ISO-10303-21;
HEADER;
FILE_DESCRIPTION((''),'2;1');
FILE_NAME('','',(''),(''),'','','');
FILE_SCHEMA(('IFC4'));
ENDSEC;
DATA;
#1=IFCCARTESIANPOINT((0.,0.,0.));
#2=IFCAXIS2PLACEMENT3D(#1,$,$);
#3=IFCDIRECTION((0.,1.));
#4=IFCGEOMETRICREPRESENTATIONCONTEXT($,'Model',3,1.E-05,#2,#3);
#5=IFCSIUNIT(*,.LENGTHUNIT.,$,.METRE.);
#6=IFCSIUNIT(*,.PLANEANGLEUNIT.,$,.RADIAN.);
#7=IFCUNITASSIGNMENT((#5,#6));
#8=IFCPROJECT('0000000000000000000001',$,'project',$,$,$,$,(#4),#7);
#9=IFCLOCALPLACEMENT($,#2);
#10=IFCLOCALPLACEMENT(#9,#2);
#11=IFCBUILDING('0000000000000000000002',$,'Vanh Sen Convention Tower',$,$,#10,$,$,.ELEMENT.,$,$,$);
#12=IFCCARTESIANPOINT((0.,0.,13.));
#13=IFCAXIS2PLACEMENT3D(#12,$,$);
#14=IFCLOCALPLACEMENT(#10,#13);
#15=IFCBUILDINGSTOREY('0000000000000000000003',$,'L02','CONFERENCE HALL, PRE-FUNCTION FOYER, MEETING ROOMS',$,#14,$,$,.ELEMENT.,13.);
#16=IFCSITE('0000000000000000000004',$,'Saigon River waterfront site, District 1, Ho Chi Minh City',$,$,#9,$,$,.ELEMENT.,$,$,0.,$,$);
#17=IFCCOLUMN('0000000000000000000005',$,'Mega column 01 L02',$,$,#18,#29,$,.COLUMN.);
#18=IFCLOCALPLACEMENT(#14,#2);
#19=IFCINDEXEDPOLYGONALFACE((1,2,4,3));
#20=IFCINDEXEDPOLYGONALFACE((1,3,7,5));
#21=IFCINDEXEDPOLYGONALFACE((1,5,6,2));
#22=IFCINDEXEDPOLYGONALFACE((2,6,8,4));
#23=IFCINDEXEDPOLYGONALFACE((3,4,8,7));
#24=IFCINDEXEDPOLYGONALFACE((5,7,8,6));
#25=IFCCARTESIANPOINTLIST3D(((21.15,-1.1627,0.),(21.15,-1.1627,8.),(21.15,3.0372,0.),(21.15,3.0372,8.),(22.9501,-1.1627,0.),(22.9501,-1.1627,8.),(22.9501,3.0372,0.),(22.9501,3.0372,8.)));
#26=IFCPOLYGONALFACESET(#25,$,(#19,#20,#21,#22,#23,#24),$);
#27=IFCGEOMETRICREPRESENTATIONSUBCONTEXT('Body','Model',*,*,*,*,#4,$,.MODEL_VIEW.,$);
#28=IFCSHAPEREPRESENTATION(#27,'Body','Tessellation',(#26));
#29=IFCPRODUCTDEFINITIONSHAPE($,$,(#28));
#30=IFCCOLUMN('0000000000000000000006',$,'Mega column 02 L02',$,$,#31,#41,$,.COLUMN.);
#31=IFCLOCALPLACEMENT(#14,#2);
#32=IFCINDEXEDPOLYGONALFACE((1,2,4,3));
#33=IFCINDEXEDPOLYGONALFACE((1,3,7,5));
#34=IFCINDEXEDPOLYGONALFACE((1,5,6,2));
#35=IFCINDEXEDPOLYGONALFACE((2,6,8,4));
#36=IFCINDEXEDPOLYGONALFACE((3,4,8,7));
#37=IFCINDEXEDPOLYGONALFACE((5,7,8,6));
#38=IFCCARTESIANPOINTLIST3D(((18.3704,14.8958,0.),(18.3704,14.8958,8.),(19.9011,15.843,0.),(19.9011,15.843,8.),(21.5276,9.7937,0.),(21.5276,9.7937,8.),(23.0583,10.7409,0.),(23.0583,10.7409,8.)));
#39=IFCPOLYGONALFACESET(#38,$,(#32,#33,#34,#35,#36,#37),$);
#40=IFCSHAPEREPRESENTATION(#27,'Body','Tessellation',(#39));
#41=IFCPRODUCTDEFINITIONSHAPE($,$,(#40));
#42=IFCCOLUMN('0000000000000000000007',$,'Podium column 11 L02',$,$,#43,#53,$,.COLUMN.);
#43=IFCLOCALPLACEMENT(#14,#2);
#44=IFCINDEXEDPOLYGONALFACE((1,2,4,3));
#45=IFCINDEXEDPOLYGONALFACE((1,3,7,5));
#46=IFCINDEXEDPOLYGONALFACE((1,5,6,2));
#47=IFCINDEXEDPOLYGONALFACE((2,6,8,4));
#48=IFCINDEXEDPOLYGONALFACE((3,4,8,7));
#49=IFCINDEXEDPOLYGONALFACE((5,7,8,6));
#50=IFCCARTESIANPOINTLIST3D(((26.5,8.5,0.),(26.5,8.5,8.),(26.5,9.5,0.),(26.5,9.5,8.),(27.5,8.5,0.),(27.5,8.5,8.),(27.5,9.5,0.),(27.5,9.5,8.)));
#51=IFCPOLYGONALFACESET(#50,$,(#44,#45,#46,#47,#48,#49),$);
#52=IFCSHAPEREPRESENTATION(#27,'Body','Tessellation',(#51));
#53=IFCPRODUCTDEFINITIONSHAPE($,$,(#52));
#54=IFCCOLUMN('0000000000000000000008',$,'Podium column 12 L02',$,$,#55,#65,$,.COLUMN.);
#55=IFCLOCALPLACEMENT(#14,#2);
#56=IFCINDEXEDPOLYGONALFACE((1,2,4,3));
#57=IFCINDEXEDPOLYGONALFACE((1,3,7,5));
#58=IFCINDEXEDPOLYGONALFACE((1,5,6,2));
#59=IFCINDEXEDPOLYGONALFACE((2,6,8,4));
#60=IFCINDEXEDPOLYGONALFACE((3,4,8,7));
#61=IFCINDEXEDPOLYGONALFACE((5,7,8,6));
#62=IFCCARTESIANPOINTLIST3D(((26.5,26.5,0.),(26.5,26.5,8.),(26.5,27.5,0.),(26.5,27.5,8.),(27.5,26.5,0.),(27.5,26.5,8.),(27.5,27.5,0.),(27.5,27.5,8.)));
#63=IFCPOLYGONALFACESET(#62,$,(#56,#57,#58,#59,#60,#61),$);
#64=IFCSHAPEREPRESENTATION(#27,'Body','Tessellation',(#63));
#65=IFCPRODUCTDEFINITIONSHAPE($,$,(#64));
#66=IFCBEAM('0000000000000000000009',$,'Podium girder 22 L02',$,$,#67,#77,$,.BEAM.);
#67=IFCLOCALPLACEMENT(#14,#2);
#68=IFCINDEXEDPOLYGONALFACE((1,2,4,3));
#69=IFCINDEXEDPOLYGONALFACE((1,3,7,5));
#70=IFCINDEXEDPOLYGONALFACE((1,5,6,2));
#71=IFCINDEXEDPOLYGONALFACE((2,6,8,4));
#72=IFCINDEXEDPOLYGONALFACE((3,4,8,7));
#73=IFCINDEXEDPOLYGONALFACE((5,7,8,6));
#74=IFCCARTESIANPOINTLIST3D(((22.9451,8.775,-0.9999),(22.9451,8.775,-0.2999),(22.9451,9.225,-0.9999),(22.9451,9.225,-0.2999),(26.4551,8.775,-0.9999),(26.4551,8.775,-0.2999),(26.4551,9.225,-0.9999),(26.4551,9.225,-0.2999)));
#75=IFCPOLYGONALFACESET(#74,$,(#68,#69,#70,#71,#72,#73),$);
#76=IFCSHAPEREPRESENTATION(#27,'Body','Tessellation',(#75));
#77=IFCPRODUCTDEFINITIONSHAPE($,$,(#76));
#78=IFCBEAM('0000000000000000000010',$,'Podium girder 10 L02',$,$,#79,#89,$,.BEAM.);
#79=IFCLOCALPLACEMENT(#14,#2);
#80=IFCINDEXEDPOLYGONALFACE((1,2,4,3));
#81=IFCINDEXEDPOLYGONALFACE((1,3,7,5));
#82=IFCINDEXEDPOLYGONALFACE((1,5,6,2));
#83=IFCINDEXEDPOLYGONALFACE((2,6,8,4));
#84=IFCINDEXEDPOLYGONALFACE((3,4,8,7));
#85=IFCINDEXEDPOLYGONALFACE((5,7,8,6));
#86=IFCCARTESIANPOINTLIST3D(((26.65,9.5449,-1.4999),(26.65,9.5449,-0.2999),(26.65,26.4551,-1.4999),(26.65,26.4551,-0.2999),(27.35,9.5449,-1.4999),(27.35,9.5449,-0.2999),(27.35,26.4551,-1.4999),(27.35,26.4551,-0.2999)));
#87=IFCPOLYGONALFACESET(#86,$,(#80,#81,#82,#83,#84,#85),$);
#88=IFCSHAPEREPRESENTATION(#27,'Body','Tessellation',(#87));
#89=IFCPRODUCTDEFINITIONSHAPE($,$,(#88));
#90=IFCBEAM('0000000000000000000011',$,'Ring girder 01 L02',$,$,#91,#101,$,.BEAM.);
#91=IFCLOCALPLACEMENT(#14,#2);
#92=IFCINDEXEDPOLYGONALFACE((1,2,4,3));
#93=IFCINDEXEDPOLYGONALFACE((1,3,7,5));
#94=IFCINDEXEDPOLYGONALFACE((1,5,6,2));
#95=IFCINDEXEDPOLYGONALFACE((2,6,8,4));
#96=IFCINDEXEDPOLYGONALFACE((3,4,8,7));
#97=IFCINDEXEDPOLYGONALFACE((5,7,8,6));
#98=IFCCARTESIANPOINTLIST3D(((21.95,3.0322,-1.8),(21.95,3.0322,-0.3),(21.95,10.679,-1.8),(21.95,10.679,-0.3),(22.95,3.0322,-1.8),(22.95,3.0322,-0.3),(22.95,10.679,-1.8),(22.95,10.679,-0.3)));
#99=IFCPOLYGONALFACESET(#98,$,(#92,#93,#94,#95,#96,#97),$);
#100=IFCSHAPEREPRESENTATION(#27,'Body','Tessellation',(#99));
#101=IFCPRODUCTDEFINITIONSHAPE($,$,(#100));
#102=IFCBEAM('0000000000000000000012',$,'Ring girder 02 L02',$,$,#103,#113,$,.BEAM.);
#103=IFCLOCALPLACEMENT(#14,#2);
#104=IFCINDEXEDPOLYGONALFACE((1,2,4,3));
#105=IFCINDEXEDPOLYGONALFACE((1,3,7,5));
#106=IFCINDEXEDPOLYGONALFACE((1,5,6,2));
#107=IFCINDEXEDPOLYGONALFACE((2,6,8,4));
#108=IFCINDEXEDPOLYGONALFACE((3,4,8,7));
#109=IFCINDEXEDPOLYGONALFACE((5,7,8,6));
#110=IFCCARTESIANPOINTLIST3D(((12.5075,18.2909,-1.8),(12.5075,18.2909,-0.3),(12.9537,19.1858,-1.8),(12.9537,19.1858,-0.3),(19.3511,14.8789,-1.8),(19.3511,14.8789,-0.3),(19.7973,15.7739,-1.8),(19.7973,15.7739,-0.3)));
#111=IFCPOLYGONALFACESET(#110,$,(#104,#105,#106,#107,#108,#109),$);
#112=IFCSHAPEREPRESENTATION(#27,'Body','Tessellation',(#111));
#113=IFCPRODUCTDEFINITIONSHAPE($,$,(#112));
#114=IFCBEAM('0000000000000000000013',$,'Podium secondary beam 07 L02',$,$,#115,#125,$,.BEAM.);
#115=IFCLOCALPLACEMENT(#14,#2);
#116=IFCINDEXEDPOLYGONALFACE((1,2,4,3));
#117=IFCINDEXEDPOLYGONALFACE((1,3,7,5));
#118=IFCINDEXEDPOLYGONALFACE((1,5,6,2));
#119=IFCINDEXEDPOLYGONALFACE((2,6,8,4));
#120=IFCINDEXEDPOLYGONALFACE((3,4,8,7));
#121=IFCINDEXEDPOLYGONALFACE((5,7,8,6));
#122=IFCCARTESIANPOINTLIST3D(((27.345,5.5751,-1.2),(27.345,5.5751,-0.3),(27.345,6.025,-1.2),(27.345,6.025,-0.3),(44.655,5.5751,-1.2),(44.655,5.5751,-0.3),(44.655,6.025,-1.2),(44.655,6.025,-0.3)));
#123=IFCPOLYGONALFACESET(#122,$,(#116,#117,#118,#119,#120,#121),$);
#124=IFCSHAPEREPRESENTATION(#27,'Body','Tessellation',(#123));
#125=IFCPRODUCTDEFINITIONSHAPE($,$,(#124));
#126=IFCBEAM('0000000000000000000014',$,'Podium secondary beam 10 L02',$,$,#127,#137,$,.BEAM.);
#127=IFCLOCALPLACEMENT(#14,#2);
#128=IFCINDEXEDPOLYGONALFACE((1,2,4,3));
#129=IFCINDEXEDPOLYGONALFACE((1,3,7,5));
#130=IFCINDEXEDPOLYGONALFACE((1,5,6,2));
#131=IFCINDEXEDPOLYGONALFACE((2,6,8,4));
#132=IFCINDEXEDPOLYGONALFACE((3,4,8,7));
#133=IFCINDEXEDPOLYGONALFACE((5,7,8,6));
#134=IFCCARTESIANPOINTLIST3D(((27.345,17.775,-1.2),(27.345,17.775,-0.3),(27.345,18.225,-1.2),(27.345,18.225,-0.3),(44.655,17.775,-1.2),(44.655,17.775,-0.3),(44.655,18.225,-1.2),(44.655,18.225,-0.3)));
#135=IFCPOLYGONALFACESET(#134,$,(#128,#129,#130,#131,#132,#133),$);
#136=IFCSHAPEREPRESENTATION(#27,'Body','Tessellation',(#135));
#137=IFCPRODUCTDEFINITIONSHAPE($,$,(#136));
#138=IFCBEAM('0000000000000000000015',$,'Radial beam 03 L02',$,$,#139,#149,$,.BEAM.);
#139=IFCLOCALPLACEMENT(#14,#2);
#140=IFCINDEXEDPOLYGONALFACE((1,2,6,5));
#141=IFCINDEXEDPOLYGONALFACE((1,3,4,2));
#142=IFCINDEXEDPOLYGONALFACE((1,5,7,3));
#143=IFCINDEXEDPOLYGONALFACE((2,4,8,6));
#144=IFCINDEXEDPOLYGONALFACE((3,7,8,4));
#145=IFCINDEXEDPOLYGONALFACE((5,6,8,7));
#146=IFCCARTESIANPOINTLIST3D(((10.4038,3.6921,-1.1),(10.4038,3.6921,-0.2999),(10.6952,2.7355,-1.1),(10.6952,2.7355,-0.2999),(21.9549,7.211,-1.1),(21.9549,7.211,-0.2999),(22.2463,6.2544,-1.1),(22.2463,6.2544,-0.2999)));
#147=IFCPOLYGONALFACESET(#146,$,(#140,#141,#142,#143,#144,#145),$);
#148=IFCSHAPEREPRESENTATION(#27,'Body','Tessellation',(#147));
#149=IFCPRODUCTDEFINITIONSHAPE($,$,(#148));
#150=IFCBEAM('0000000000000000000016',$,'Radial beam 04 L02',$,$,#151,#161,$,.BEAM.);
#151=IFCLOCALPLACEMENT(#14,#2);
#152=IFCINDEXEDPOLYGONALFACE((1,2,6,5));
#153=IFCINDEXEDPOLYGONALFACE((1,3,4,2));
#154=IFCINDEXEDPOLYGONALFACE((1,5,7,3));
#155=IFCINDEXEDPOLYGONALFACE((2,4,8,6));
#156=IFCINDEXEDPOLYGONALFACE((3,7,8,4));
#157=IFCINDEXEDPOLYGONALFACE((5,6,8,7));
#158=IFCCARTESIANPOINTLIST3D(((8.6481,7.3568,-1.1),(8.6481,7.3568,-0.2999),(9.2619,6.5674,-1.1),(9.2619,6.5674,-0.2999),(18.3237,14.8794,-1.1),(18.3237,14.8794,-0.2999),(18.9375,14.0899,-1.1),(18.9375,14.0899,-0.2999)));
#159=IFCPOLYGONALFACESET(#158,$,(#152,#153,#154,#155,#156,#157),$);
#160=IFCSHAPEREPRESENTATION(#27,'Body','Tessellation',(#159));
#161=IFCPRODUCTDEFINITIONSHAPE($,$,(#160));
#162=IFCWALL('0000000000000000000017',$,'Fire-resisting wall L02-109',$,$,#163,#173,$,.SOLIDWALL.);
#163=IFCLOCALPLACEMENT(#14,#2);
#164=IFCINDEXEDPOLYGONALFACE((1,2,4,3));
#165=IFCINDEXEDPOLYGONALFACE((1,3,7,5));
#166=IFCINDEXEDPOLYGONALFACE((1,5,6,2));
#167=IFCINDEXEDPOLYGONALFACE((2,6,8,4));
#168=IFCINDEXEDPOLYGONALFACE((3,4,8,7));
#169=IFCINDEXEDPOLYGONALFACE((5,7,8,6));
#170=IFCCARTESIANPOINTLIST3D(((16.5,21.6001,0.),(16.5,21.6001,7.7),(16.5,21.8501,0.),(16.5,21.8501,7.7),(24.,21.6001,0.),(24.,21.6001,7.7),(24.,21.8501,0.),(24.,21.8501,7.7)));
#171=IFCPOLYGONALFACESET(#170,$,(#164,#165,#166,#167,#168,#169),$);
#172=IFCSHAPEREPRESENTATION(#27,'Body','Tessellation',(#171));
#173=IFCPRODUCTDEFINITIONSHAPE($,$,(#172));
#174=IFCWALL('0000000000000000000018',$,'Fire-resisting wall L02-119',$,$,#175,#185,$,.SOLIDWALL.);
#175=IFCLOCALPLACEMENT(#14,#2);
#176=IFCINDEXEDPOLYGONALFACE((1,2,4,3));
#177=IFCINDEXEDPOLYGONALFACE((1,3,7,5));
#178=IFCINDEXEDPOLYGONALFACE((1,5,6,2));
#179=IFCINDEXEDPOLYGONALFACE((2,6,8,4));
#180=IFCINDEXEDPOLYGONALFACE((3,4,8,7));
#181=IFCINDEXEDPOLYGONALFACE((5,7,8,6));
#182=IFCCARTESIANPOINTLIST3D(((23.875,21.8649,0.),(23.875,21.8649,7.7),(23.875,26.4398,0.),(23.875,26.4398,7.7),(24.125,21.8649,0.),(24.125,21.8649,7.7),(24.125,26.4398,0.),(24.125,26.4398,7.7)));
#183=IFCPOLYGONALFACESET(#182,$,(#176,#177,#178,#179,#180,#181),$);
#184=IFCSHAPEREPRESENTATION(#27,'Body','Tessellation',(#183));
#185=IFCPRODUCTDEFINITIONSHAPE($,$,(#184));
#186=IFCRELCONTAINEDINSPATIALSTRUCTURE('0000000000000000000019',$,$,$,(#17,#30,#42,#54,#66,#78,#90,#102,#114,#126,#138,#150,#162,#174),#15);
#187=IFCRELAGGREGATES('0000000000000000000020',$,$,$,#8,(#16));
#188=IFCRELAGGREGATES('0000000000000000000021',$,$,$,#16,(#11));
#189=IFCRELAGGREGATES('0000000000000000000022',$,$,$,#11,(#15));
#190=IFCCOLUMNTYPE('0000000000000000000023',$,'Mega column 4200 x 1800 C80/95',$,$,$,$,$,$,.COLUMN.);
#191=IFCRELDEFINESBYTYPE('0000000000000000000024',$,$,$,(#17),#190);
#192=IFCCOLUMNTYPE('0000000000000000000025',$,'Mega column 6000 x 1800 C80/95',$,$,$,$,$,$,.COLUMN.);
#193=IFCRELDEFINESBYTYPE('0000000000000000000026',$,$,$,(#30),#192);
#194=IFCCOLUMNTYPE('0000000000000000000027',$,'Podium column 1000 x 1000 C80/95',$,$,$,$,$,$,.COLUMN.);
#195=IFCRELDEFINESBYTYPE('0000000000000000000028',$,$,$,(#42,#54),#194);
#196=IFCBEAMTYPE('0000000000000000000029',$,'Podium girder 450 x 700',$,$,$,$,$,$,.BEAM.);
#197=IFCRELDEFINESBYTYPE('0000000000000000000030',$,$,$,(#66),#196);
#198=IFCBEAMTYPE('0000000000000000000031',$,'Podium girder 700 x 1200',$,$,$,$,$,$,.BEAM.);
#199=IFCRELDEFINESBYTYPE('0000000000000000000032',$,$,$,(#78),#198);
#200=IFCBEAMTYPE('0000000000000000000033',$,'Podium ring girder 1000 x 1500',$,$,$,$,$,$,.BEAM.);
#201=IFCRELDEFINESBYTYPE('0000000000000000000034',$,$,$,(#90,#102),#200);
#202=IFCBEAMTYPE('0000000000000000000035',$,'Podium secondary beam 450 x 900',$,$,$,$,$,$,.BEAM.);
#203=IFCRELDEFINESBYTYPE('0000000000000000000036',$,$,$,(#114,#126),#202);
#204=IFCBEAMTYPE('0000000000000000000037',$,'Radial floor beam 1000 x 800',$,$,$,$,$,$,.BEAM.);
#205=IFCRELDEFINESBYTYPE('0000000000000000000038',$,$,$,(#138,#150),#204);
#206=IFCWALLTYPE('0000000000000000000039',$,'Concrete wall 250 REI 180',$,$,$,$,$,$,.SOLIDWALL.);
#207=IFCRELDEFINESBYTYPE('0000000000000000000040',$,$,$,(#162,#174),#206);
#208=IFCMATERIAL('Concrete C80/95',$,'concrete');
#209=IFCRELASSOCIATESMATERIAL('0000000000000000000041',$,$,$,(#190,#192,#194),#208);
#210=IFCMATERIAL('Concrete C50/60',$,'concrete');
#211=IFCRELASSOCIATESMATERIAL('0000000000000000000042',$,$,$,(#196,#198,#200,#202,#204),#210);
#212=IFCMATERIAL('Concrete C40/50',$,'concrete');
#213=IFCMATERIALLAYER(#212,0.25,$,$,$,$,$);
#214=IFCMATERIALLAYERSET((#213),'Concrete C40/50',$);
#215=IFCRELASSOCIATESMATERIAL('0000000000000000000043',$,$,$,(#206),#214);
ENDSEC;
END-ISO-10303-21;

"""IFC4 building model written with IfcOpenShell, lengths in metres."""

from ifc_helpers import new_model, si_unit, direction, frame, frame_2d, origin, origin_2d, place, context, subcontext, project, spatial, rectangle, extrude, material, layer, layer_set, material_profile, profile_set, type_object, element, save


model = new_model("IFC4")

# Units and contexts
model_context = context("Model", 3, precision=1e-05, world=origin(), true_north=direction((0.0, 1.0)))
body_context = subcontext(model_context, "Body", "Model", "MODEL_VIEW")
ifc_project = project(units=[si_unit("LENGTHUNIT", "METRE"), si_unit("PLANEANGLEUNIT", "RADIAN")], contexts=[model_context])

# Site, building, storey
site_placement = place(None, origin())
site = spatial("IfcSite", under=ifc_project, at=site_placement, Name="Saigon River waterfront site, District 1, Ho Chi Minh City", CompositionType="ELEMENT", RefElevation=0.0)
building_placement = place(site_placement, origin())
building = spatial("IfcBuilding", under=site, at=building_placement, Name="Vanh Sen Convention Tower", CompositionType="ELEMENT")
storey_placement = place(building_placement, frame((0.0, 0.0, 13.0)))
storey = spatial("IfcBuildingStorey", under=building, at=storey_placement, Name="L02", Description="CONFERENCE HALL, PRE-FUNCTION FOYER, MEETING ROOMS", CompositionType="ELEMENT", Elevation=13.0)

# Columns
ifc_material_1 = material(Name="Concrete C80/95", Category="concrete")
ifc_material_profile_1 = material_profile(ifc_material_1, rectangle(XDim=4.2, YDim=1.8, at=origin_2d()), Name="RC 4200X1800")
ifc_profile_set_1 = profile_set([ifc_material_profile_1], Name="Concrete C80/95")
column_type_1 = type_object("IfcColumnType", Name="Mega column 4200 x 1800 C80/95", PredefinedType="COLUMN", material=ifc_profile_set_1)
column_1_placement = place(storey_placement, frame((22.05, 0.9373, 0.0), z_axis=(0.0, 0.0, 1.0), x_axis=(0.0, 1.0, 0.0)))
element("IfcColumn", 1, at=column_1_placement, inside=storey, type_object=column_type_1, Name="Mega column 01 L02", PredefinedType="COLUMN", context=body_context, shape_type="SweptSolid", body=[
    extrude(rectangle(XDim=4.2, YDim=1.8, at=origin_2d()), origin(), (0.0, 0.0, 1.0), 8.0),
])
ifc_material_profile_2 = material_profile(ifc_material_1, rectangle(XDim=6.0, YDim=1.8, at=origin_2d()), Name="RC 6000X1800")
ifc_profile_set_2 = profile_set([ifc_material_profile_2], Name="Concrete C80/95")
column_type_2 = type_object("IfcColumnType", Name="Mega column 6000 x 1800 C80/95", PredefinedType="COLUMN", material=ifc_profile_set_2)
column_2_placement = place(storey_placement, frame((20.7144, 12.8184, 0.0), z_axis=(0.0, 0.0, 1.0), x_axis=(-0.526211, 0.850354, 0.0)))
element("IfcColumn", 2, at=column_2_placement, inside=storey, type_object=column_type_2, Name="Mega column 02 L02", PredefinedType="COLUMN", context=body_context, shape_type="SweptSolid", body=[
    extrude(rectangle(XDim=6.0, YDim=1.8, at=origin_2d()), origin(), (0.0, 0.0, 1.0), 8.0),
])
ifc_material_profile_3 = material_profile(ifc_material_1, rectangle(XDim=1.0, YDim=1.0, at=origin_2d()), Name="RC 1000X1000")
ifc_profile_set_3 = profile_set([ifc_material_profile_3], Name="Concrete C80/95")
column_type_3 = type_object("IfcColumnType", Name="Podium column 1000 x 1000 C80/95", PredefinedType="COLUMN", material=ifc_profile_set_3)
for number, where, z_axis, x_axis, name in (
    (3, (27.0, 9.0, 0.0), (0.0, 0.0, 1.0), (1.0, 0.0, 0.0), "Podium column 11 L02"),
    (4, (27.0, 27.0, 0.0), (0.0, 0.0, 1.0), (1.0, 0.0, 0.0), "Podium column 12 L02"),
):
    element("IfcColumn", number, at=place(storey_placement, frame(where, z_axis=z_axis, x_axis=x_axis)), inside=storey, type_object=column_type_3, Name=name, PredefinedType="COLUMN", context=body_context, shape_type="SweptSolid", body=[
        extrude(rectangle(XDim=1.0, YDim=1.0, at=origin_2d()), origin(), (0.0, 0.0, 1.0), 8.0),
    ])

# Beams
ifc_material_2 = material(Name="Concrete C50/60", Category="concrete")
ifc_material_profile_4 = material_profile(ifc_material_2, rectangle(XDim=0.45, YDim=0.7, at=origin_2d()), Name="RC 450X700")
ifc_profile_set_4 = profile_set([ifc_material_profile_4], Name="Concrete C50/60")
beam_type_1 = type_object("IfcBeamType", Name="Podium girder 450 x 700", PredefinedType="BEAM", material=ifc_profile_set_4)
beam_1_placement = place(storey_placement, frame((22.9451, 9.0, -0.6499), z_axis=(1.0, 0.0, 0.0), x_axis=(0.0, 1.0, 0.0)))
element("IfcBeam", 5, at=beam_1_placement, inside=storey, type_object=beam_type_1, Name="Podium girder 22 L02", PredefinedType="BEAM", context=body_context, shape_type="SweptSolid", body=[
    extrude(rectangle(XDim=0.45, YDim=0.7, at=origin_2d()), origin(), (0.0, 0.0, 1.0), 3.51),
])
ifc_material_profile_5 = material_profile(ifc_material_2, rectangle(XDim=0.7, YDim=1.2, at=origin_2d()), Name="RC 700X1200")
ifc_profile_set_5 = profile_set([ifc_material_profile_5], Name="Concrete C50/60")
beam_type_2 = type_object("IfcBeamType", Name="Podium girder 700 x 1200", PredefinedType="BEAM", material=ifc_profile_set_5)
beam_2_placement = place(storey_placement, frame((27.0, 9.5449, -0.8999), z_axis=(0.0, 1.0, 0.0), x_axis=(-1.0, 0.0, 0.0)))
element("IfcBeam", 6, at=beam_2_placement, inside=storey, type_object=beam_type_2, Name="Podium girder 10 L02", PredefinedType="BEAM", context=body_context, shape_type="SweptSolid", body=[
    extrude(rectangle(XDim=0.7, YDim=1.2, at=origin_2d()), origin(), (0.0, 0.0, 1.0), 16.9102),
])
ifc_material_profile_6 = material_profile(ifc_material_2, rectangle(XDim=1.0, YDim=1.5, at=origin_2d()), Name="RC 1000X1500")
ifc_profile_set_6 = profile_set([ifc_material_profile_6], Name="Concrete C50/60")
beam_type_3 = type_object("IfcBeamType", Name="Podium ring girder 1000 x 1500", PredefinedType="BEAM", material=ifc_profile_set_6)
beam_3_placement = place(storey_placement, frame((22.45, 3.0322, -1.05), z_axis=(0.0, 1.0, 0.0), x_axis=(-1.0, 0.0, 0.0)))
element("IfcBeam", 7, at=beam_3_placement, inside=storey, type_object=beam_type_3, Name="Ring girder 01 L02", PredefinedType="BEAM", context=body_context, shape_type="SweptSolid", body=[
    extrude(rectangle(XDim=1.0, YDim=1.5, at=origin_2d()), origin(), (0.0, 0.0, 1.0), 7.6467),
])
beam_4_placement = place(storey_placement, frame((19.5742, 15.3264, -1.05), z_axis=(-0.894944, 0.446179, 0.0), x_axis=(-0.446179, -0.894944, 0.0)))
element("IfcBeam", 8, at=beam_4_placement, inside=storey, type_object=beam_type_3, Name="Ring girder 02 L02", PredefinedType="BEAM", context=body_context, shape_type="SweptSolid", body=[
    extrude(rectangle(XDim=1.0, YDim=1.5, at=origin_2d()), origin(), (0.0, 0.0, 1.0), 7.647),
])
ifc_material_profile_7 = material_profile(ifc_material_2, rectangle(XDim=0.45, YDim=0.8999, at=origin_2d()), Name="RC 450X900")
ifc_profile_set_7 = profile_set([ifc_material_profile_7], Name="Concrete C50/60")
beam_type_4 = type_object("IfcBeamType", Name="Podium secondary beam 450 x 900", PredefinedType="BEAM", material=ifc_profile_set_7)
for number, where, z_axis, x_axis, name in (
    (9, (27.345, 5.8, -0.75), (1.0, 0.0, 0.0), (0.0, 1.0, 0.0), "Podium secondary beam 07 L02"),
    (10, (27.345, 18.0, -0.75), (1.0, 0.0, 0.0), (0.0, 1.0, 0.0), "Podium secondary beam 10 L02"),
):
    element("IfcBeam", number, at=place(storey_placement, frame(where, z_axis=z_axis, x_axis=x_axis)), inside=storey, type_object=beam_type_4, Name=name, PredefinedType="BEAM", context=body_context, shape_type="SweptSolid", body=[
        extrude(rectangle(XDim=0.45, YDim=0.8999, at=origin_2d()), origin(), (0.0, 0.0, 1.0), 17.3101),
    ])
ifc_material_profile_8 = material_profile(ifc_material_2, rectangle(XDim=1.0, YDim=0.8, at=origin_2d()), Name="RC 1000X800")
ifc_profile_set_8 = profile_set([ifc_material_profile_8], Name="Concrete C50/60")
beam_type_5 = type_object("IfcBeamType", Name="Radial floor beam 1000 x 800", PredefinedType="BEAM", material=ifc_profile_set_8)
beam_5_placement = place(storey_placement, frame((22.1006, 6.7327, -0.7), z_axis=(-0.956598, -0.291409, 0.0), x_axis=(0.291409, -0.956598, 0.0)))
element("IfcBeam", 11, at=beam_5_placement, inside=storey, type_object=beam_type_5, Name="Radial beam 03 L02", PredefinedType="BEAM", context=body_context, shape_type="SweptSolid", body=[
    extrude(rectangle(XDim=1.0, YDim=0.8, at=origin_2d()), origin(), (0.0, 0.0, 1.0), 12.0752),
])
beam_6_placement = place(storey_placement, frame((18.6306, 14.4846, -0.7), z_axis=(-0.789469, -0.61379, 0.0), x_axis=(0.61379, -0.789469, 0.0)))
element("IfcBeam", 12, at=beam_6_placement, inside=storey, type_object=beam_type_5, Name="Radial beam 04 L02", PredefinedType="BEAM", context=body_context, shape_type="SweptSolid", body=[
    extrude(rectangle(XDim=1.0, YDim=0.8, at=origin_2d()), origin(), (0.0, 0.0, 1.0), 12.2559),
])

# Shared definitions
ifc_material_3 = material(Name="Concrete C40/50", Category="concrete")
ifc_layer_1 = layer(ifc_material_3, 0.25)
ifc_layer_set_1 = layer_set([ifc_layer_1], Name="Concrete C40/50")
wall_type_1 = type_object("IfcWallType", Name="Concrete wall 250 REI 180", PredefinedType="SOLIDWALL", material=ifc_layer_set_1)

# Walls
wall_1_placement = place(storey_placement, frame((24.0, 21.7251, 0.0), z_axis=(0.0, 0.0, 1.0), x_axis=(-1.0, 0.0, 0.0)))
element("IfcWall", 13, at=wall_1_placement, inside=storey, type_object=wall_type_1, Name="Fire-resisting wall L02-109", PredefinedType="SOLIDWALL", context=body_context, shape_type="SweptSolid", body=[
    extrude(rectangle(XDim=7.5, YDim=0.25, at=frame_2d((3.75, 0.0))), origin(), (0.0, 0.0, 1.0), 7.7),
])
wall_2_placement = place(storey_placement, frame((24.0, 26.4399, 0.0), z_axis=(0.0, 0.0, 1.0), x_axis=(0.0, -1.0, 0.0)))
element("IfcWall", 14, at=wall_2_placement, inside=storey, type_object=wall_type_1, Name="Fire-resisting wall L02-119", PredefinedType="SOLIDWALL", context=body_context, shape_type="SweptSolid", body=[
    extrude(rectangle(XDim=4.575, YDim=0.25, at=frame_2d((2.2876, 0.0))), origin(), (0.0, 0.0, 1.0), 7.7),
])

save(model, "model.ifc")
